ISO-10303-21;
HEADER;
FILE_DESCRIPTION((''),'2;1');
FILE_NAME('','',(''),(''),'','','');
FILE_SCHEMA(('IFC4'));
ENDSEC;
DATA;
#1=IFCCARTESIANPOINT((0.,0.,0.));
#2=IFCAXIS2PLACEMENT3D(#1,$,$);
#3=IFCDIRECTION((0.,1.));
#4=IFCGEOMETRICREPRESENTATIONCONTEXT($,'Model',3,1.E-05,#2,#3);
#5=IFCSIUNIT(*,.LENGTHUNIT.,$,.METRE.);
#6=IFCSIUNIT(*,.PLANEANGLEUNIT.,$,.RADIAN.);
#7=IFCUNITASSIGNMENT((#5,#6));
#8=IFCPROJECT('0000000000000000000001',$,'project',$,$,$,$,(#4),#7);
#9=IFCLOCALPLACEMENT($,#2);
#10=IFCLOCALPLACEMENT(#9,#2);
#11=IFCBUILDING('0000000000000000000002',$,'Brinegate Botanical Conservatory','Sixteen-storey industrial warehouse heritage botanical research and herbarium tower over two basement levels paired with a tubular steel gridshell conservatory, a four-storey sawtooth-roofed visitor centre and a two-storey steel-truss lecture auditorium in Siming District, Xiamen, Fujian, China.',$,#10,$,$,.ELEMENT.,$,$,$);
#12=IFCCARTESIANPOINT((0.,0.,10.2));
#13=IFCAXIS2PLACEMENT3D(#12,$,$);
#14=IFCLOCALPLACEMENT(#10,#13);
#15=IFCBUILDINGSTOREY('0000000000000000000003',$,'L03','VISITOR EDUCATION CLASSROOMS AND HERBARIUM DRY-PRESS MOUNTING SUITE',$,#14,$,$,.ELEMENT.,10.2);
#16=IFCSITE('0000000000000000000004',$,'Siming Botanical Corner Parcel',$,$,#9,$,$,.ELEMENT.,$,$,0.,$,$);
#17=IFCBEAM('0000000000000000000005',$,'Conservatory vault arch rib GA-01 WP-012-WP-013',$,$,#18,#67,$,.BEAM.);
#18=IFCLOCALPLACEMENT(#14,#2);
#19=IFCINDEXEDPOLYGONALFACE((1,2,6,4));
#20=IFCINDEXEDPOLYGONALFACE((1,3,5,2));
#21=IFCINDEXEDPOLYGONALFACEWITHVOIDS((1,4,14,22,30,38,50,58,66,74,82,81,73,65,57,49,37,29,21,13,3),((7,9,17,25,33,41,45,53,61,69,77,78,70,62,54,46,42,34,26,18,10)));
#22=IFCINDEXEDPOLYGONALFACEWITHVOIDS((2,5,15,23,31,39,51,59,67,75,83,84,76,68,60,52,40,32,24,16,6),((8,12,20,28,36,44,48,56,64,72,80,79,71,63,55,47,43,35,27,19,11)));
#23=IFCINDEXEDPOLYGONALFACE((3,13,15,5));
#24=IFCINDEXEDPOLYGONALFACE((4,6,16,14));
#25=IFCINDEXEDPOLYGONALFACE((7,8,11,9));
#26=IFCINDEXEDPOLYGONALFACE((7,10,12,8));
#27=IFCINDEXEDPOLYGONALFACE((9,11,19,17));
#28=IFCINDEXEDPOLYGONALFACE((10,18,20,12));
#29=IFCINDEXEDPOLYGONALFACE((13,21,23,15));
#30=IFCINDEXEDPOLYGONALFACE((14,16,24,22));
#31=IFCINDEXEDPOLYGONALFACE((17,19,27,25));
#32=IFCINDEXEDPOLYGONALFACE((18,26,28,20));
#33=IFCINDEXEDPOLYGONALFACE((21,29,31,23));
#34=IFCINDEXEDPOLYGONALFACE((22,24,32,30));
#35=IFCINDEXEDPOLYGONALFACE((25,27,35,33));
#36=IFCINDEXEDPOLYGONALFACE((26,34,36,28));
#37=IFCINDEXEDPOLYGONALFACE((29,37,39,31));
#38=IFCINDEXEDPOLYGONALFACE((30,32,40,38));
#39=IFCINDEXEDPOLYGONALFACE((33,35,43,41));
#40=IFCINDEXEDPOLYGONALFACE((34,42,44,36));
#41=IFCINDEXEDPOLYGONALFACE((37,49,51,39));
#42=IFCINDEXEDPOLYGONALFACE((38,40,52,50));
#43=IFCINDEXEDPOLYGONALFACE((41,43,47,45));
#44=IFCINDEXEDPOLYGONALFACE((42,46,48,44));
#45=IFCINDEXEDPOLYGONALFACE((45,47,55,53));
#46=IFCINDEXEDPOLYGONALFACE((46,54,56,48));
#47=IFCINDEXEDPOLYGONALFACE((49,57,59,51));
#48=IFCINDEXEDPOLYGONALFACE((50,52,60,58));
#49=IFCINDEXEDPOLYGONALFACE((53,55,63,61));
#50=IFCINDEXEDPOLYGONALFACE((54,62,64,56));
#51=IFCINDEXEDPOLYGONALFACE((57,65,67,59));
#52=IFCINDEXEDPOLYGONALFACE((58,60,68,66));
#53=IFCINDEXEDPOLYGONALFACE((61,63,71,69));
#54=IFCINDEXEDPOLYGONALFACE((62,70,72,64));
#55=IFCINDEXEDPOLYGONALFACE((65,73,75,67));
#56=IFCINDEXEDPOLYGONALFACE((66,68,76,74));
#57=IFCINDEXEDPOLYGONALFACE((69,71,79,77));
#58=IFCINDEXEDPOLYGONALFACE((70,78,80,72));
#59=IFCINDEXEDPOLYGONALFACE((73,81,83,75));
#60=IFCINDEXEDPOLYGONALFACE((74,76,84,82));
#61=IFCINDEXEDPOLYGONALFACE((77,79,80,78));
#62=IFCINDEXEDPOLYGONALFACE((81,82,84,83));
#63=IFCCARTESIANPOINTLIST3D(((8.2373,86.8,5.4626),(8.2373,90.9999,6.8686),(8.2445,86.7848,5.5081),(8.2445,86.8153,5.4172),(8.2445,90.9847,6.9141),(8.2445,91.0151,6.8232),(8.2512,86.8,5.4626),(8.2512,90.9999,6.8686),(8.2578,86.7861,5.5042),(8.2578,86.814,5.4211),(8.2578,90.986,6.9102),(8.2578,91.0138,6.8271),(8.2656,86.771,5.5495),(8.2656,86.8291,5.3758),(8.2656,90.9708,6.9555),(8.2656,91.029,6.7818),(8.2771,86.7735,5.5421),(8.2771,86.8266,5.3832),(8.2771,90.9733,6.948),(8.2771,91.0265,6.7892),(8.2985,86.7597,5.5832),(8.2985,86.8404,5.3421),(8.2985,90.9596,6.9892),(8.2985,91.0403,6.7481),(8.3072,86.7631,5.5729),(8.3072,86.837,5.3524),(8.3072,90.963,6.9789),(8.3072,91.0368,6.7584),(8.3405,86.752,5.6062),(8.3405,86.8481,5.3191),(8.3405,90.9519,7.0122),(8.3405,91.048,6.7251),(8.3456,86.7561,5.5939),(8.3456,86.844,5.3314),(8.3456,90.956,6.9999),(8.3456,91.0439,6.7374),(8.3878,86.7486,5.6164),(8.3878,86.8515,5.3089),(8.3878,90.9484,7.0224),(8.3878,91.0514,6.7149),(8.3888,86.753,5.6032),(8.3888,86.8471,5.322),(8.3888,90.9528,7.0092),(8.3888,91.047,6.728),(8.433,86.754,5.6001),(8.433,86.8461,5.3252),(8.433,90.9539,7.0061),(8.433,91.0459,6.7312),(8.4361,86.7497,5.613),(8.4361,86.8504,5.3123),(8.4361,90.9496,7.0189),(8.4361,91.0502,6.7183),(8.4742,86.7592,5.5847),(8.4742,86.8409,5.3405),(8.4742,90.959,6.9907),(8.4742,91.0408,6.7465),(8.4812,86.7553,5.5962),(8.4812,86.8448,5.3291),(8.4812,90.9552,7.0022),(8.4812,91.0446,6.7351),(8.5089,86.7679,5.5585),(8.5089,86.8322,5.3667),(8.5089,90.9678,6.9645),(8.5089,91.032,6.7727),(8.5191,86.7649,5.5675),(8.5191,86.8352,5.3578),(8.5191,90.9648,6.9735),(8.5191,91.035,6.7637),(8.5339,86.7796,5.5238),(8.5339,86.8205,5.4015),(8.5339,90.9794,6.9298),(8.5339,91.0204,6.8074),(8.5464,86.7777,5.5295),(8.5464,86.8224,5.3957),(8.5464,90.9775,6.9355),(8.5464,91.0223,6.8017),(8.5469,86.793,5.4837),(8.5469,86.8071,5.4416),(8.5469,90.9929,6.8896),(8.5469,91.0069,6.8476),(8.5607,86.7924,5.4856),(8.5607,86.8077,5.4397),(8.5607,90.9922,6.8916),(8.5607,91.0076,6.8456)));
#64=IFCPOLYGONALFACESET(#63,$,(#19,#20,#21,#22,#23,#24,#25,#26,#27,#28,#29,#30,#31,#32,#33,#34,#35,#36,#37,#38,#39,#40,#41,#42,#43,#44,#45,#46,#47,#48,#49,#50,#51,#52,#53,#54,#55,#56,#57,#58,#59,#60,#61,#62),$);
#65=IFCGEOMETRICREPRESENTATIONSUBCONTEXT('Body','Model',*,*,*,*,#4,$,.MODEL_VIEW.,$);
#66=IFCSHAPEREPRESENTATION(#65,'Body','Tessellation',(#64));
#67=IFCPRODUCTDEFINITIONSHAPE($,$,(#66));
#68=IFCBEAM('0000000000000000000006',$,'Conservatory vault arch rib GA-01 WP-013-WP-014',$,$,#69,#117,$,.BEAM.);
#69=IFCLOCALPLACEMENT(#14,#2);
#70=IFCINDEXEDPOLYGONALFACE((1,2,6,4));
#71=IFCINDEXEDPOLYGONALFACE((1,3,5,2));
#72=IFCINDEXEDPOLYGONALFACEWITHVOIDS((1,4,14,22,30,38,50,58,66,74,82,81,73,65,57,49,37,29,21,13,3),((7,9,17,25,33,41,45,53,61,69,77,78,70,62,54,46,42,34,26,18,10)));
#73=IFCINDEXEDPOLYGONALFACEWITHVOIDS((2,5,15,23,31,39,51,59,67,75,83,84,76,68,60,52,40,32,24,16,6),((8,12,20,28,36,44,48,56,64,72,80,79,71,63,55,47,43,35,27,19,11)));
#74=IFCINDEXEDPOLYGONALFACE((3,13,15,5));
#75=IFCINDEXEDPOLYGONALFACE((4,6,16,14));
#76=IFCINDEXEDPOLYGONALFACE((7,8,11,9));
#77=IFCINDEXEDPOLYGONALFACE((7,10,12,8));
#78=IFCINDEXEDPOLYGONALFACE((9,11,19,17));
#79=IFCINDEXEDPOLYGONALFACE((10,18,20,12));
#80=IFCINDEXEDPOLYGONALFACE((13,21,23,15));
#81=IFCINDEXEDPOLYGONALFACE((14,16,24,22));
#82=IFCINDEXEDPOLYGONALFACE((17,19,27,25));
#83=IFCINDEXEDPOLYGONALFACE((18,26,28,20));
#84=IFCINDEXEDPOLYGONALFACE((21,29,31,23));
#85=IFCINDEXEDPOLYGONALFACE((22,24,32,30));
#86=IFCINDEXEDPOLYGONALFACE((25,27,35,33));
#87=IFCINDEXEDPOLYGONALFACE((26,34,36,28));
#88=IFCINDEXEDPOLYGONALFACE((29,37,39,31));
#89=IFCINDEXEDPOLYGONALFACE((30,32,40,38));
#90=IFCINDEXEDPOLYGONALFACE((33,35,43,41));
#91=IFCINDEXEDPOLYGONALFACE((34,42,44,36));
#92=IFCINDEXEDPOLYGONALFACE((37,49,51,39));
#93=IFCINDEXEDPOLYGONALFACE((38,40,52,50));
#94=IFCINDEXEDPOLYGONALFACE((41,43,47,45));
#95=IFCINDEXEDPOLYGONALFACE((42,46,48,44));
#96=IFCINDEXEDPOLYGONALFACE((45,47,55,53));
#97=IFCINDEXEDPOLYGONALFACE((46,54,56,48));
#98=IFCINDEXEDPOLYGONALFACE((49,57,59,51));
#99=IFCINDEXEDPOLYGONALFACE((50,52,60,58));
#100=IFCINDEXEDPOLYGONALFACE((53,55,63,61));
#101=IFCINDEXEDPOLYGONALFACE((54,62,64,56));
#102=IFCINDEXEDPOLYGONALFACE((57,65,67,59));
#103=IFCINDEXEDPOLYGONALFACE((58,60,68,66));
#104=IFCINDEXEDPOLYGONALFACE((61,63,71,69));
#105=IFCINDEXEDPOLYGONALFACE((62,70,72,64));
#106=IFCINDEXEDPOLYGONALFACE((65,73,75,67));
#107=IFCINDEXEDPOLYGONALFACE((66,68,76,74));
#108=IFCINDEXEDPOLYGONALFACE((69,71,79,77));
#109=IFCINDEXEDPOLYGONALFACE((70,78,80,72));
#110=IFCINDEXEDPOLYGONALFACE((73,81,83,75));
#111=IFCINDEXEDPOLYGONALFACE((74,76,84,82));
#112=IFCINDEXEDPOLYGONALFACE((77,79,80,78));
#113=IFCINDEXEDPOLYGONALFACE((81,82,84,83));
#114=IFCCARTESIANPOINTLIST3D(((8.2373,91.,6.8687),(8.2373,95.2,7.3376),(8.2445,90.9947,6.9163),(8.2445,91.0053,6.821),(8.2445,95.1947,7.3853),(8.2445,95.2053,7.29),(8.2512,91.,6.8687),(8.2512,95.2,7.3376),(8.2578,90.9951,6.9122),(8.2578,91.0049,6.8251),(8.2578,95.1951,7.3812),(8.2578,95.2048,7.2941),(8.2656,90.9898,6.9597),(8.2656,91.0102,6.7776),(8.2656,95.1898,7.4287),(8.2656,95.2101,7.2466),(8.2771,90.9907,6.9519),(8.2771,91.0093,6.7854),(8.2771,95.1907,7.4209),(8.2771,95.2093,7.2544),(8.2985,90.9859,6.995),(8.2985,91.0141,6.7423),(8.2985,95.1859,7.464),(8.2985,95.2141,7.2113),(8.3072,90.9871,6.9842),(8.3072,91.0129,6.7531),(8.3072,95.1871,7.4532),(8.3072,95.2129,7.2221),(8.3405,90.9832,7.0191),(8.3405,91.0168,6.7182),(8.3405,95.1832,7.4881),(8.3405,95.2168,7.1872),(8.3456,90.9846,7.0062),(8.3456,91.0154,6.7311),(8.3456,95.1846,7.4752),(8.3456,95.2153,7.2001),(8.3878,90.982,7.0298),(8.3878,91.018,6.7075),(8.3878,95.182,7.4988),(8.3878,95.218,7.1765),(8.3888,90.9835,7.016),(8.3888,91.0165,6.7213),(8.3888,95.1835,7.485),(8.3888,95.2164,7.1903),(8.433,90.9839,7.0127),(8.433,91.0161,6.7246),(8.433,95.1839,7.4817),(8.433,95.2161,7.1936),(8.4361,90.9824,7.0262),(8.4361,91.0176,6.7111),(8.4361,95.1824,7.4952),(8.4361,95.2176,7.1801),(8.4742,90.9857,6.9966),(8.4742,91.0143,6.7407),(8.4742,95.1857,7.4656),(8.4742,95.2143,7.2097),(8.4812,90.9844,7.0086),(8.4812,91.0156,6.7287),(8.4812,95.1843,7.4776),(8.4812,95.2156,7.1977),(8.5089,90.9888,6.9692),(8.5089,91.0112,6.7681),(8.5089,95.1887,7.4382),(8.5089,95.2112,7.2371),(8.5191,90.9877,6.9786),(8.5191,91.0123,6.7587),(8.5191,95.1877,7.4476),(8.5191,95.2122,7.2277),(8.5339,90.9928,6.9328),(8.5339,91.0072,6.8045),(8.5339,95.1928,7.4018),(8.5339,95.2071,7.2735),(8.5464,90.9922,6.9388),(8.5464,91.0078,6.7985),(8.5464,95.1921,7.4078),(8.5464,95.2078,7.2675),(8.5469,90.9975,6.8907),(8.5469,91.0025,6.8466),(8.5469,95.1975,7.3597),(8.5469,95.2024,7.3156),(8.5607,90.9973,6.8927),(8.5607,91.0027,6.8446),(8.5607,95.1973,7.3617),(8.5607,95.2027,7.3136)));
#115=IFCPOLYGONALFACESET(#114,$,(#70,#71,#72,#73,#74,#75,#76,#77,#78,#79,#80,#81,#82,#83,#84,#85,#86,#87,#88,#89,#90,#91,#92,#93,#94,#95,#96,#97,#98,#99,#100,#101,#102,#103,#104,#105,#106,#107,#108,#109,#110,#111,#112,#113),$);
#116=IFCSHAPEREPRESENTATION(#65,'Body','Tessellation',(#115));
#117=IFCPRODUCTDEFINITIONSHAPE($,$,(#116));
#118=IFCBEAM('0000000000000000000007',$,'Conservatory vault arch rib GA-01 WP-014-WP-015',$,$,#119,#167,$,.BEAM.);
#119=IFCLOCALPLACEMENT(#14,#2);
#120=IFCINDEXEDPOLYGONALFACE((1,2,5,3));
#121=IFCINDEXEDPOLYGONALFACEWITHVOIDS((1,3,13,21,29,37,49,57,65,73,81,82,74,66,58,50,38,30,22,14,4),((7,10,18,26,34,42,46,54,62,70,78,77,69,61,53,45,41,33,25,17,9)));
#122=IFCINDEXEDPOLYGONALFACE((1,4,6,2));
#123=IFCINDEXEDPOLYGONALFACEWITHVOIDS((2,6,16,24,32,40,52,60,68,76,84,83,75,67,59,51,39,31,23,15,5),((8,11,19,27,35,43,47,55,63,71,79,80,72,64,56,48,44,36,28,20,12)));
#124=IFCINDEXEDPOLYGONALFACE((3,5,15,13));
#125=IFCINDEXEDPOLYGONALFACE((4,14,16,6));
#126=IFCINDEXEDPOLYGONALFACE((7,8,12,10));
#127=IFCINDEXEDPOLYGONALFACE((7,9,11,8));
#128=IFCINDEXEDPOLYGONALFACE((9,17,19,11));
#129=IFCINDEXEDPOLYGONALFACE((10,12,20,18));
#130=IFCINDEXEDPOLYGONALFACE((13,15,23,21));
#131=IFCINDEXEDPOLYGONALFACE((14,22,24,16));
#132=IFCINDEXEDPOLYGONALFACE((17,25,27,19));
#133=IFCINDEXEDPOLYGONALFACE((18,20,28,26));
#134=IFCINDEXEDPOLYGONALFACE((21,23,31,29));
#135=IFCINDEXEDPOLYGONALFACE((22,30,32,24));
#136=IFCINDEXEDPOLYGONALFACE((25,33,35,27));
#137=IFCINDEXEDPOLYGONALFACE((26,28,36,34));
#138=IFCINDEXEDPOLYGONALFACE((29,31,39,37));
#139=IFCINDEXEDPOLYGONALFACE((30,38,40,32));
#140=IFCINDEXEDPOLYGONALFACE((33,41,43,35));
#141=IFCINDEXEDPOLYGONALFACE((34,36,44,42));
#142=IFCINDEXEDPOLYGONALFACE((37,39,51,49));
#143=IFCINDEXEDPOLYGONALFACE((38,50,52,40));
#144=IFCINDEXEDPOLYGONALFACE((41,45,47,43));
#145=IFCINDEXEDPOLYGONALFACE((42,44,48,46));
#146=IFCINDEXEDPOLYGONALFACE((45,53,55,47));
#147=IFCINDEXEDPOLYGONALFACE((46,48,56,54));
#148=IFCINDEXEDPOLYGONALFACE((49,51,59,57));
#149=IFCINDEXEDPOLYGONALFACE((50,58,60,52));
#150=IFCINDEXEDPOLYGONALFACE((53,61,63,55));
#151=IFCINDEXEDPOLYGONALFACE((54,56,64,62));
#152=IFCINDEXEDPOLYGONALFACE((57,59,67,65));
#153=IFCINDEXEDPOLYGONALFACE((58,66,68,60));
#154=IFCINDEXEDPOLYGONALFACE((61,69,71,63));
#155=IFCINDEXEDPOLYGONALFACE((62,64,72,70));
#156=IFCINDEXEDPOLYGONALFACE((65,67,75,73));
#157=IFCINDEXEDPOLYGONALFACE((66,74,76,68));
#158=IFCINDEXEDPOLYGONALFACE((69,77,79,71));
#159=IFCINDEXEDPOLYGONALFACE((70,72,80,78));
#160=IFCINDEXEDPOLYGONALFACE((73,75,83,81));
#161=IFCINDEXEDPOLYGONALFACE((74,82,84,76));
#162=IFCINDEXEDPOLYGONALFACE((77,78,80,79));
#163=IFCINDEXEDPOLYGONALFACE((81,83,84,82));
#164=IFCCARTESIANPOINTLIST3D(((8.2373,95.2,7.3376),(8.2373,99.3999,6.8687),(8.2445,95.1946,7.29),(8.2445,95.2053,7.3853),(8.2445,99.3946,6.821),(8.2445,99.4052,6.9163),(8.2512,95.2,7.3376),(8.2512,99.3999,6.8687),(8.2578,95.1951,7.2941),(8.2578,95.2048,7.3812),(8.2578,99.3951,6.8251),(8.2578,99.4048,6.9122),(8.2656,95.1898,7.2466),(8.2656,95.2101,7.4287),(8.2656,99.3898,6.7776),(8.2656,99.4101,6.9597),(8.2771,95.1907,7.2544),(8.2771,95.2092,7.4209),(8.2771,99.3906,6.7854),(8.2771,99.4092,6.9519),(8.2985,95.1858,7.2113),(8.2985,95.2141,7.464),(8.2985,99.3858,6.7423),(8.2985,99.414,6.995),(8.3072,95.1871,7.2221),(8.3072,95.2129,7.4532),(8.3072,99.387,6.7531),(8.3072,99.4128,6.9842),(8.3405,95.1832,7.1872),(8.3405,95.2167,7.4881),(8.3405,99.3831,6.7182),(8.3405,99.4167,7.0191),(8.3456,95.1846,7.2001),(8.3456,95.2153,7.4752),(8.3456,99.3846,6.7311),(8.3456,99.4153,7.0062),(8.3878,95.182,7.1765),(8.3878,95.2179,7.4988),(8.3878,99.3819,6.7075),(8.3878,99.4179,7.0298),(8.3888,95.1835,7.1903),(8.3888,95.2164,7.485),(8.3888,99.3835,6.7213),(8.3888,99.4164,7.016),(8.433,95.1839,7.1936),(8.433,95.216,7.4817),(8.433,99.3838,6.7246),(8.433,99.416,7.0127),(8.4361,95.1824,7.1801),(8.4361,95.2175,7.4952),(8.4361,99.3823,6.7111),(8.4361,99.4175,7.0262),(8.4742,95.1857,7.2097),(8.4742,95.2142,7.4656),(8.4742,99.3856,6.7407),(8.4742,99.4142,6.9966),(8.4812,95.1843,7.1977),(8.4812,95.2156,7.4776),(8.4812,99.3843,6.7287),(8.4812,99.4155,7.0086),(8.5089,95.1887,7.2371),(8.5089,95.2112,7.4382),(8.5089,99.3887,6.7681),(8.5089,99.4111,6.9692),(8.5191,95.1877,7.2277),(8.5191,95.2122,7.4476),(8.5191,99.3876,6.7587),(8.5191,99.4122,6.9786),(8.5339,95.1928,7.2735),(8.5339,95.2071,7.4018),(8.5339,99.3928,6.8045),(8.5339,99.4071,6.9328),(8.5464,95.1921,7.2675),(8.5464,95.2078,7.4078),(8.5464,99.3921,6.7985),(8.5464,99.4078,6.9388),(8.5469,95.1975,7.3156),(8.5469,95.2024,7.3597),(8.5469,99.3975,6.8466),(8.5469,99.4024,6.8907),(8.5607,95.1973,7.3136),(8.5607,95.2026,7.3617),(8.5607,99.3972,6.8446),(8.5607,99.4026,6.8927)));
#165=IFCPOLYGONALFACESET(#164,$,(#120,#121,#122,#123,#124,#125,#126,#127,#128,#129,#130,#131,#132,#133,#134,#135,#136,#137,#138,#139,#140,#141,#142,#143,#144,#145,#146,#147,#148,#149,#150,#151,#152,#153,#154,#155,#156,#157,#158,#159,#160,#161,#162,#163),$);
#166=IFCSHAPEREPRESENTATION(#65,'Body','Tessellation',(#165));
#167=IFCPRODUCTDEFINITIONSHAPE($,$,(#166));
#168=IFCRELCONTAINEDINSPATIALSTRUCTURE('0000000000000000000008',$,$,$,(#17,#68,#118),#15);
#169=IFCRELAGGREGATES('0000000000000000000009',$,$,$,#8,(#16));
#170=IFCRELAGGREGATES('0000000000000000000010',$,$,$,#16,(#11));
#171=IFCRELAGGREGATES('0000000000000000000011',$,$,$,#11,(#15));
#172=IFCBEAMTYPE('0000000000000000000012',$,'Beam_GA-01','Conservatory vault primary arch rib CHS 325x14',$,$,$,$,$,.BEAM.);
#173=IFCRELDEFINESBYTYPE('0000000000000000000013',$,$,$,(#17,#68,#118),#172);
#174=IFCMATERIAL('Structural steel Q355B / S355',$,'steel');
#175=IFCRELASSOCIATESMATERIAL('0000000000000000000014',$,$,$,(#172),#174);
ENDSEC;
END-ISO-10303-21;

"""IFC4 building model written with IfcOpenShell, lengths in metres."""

from ifc_helpers import new_model, si_unit, direction, frame, origin, origin_2d, place, context, subcontext, project, spatial, hollow_circle, extrude, material, material_profile, profile_set, type_object, element, save


model = new_model("IFC4")

# Units and contexts
model_context = context("Model", 3, precision=1e-05, world=origin(), true_north=direction((0.0, 1.0)))
body_context = subcontext(model_context, "Body", "Model", "MODEL_VIEW")
ifc_project = project(units=[si_unit("LENGTHUNIT", "METRE"), si_unit("PLANEANGLEUNIT", "RADIAN")], contexts=[model_context])

# Site, building, storey
site_placement = place(None, origin())
site = spatial("IfcSite", under=ifc_project, at=site_placement, Name="Siming Botanical Corner Parcel", CompositionType="ELEMENT", RefElevation=0.0)
building_placement = place(site_placement, origin())
building = spatial("IfcBuilding", under=site, at=building_placement, Name="Brinegate Botanical Conservatory", Description="Sixteen-storey industrial warehouse heritage botanical research and herbarium tower over two basement levels paired with a tubular steel gridshell conservatory, a four-storey sawtooth-roofed visitor centre and a two-storey steel-truss lecture auditorium in Siming District, Xiamen, Fujian, China.", CompositionType="ELEMENT")
storey_placement = place(building_placement, frame((0.0, 0.0, 10.2)))
storey = spatial("IfcBuildingStorey", under=building, at=storey_placement, Name="L03", Description="VISITOR EDUCATION CLASSROOMS AND HERBARIUM DRY-PRESS MOUNTING SUITE", CompositionType="ELEMENT", Elevation=10.2)

# Beams
ifc_material_1 = material(Name="Structural steel Q355B / S355", Category="steel")
ifc_material_profile_1 = material_profile(ifc_material_1, hollow_circle(Radius=0.1626, WallThickness=0.0139, at=origin_2d()), Name="CHS 325x14")
ifc_profile_set_1 = profile_set([ifc_material_profile_1], Name="Structural steel Q355B / S355")
beam_type_1 = type_object("IfcBeamType", Name="Beam_GA-01", Description="Conservatory vault primary arch rib CHS 325x14", PredefinedType="BEAM", material=ifc_profile_set_1)
beam_1_placement = place(storey_placement, frame((8.3999, 86.8, 5.4626), z_axis=(0.0, 0.948275, 0.317451), x_axis=(-1.0, 0.0, 0.0)))
element("IfcBeam", 1, at=beam_1_placement, inside=storey, type_object=beam_type_1, Name="Conservatory vault arch rib GA-01 WP-012-WP-013", PredefinedType="BEAM", context=body_context, shape_type="SweptSolid", body=[
    extrude(hollow_circle(Radius=0.1626, WallThickness=0.0139, at=origin_2d()), origin(), (0.0, 0.0, 1.0), 4.429),
])
for number, where, z_axis, x_axis, name in (
    (2, (8.3999, 91.0, 6.8687), (0.0, 0.993823, 0.110977), (-1.0, 0.0, 0.0), "Conservatory vault arch rib GA-01 WP-013-WP-014"),
    (3, (8.3999, 95.2, 7.3376), (0.0, 0.993823, -0.110977), (-1.0, 0.0, 0.0), "Conservatory vault arch rib GA-01 WP-014-WP-015"),
):
    element("IfcBeam", number, at=place(storey_placement, frame(where, z_axis=z_axis, x_axis=x_axis)), inside=storey, type_object=beam_type_1, Name=name, PredefinedType="BEAM", context=body_context, shape_type="SweptSolid", body=[
        extrude(hollow_circle(Radius=0.1626, WallThickness=0.0139, at=origin_2d()), origin(), (0.0, 0.0, 1.0), 4.2261),
    ])

save(model, "model.ifc")
